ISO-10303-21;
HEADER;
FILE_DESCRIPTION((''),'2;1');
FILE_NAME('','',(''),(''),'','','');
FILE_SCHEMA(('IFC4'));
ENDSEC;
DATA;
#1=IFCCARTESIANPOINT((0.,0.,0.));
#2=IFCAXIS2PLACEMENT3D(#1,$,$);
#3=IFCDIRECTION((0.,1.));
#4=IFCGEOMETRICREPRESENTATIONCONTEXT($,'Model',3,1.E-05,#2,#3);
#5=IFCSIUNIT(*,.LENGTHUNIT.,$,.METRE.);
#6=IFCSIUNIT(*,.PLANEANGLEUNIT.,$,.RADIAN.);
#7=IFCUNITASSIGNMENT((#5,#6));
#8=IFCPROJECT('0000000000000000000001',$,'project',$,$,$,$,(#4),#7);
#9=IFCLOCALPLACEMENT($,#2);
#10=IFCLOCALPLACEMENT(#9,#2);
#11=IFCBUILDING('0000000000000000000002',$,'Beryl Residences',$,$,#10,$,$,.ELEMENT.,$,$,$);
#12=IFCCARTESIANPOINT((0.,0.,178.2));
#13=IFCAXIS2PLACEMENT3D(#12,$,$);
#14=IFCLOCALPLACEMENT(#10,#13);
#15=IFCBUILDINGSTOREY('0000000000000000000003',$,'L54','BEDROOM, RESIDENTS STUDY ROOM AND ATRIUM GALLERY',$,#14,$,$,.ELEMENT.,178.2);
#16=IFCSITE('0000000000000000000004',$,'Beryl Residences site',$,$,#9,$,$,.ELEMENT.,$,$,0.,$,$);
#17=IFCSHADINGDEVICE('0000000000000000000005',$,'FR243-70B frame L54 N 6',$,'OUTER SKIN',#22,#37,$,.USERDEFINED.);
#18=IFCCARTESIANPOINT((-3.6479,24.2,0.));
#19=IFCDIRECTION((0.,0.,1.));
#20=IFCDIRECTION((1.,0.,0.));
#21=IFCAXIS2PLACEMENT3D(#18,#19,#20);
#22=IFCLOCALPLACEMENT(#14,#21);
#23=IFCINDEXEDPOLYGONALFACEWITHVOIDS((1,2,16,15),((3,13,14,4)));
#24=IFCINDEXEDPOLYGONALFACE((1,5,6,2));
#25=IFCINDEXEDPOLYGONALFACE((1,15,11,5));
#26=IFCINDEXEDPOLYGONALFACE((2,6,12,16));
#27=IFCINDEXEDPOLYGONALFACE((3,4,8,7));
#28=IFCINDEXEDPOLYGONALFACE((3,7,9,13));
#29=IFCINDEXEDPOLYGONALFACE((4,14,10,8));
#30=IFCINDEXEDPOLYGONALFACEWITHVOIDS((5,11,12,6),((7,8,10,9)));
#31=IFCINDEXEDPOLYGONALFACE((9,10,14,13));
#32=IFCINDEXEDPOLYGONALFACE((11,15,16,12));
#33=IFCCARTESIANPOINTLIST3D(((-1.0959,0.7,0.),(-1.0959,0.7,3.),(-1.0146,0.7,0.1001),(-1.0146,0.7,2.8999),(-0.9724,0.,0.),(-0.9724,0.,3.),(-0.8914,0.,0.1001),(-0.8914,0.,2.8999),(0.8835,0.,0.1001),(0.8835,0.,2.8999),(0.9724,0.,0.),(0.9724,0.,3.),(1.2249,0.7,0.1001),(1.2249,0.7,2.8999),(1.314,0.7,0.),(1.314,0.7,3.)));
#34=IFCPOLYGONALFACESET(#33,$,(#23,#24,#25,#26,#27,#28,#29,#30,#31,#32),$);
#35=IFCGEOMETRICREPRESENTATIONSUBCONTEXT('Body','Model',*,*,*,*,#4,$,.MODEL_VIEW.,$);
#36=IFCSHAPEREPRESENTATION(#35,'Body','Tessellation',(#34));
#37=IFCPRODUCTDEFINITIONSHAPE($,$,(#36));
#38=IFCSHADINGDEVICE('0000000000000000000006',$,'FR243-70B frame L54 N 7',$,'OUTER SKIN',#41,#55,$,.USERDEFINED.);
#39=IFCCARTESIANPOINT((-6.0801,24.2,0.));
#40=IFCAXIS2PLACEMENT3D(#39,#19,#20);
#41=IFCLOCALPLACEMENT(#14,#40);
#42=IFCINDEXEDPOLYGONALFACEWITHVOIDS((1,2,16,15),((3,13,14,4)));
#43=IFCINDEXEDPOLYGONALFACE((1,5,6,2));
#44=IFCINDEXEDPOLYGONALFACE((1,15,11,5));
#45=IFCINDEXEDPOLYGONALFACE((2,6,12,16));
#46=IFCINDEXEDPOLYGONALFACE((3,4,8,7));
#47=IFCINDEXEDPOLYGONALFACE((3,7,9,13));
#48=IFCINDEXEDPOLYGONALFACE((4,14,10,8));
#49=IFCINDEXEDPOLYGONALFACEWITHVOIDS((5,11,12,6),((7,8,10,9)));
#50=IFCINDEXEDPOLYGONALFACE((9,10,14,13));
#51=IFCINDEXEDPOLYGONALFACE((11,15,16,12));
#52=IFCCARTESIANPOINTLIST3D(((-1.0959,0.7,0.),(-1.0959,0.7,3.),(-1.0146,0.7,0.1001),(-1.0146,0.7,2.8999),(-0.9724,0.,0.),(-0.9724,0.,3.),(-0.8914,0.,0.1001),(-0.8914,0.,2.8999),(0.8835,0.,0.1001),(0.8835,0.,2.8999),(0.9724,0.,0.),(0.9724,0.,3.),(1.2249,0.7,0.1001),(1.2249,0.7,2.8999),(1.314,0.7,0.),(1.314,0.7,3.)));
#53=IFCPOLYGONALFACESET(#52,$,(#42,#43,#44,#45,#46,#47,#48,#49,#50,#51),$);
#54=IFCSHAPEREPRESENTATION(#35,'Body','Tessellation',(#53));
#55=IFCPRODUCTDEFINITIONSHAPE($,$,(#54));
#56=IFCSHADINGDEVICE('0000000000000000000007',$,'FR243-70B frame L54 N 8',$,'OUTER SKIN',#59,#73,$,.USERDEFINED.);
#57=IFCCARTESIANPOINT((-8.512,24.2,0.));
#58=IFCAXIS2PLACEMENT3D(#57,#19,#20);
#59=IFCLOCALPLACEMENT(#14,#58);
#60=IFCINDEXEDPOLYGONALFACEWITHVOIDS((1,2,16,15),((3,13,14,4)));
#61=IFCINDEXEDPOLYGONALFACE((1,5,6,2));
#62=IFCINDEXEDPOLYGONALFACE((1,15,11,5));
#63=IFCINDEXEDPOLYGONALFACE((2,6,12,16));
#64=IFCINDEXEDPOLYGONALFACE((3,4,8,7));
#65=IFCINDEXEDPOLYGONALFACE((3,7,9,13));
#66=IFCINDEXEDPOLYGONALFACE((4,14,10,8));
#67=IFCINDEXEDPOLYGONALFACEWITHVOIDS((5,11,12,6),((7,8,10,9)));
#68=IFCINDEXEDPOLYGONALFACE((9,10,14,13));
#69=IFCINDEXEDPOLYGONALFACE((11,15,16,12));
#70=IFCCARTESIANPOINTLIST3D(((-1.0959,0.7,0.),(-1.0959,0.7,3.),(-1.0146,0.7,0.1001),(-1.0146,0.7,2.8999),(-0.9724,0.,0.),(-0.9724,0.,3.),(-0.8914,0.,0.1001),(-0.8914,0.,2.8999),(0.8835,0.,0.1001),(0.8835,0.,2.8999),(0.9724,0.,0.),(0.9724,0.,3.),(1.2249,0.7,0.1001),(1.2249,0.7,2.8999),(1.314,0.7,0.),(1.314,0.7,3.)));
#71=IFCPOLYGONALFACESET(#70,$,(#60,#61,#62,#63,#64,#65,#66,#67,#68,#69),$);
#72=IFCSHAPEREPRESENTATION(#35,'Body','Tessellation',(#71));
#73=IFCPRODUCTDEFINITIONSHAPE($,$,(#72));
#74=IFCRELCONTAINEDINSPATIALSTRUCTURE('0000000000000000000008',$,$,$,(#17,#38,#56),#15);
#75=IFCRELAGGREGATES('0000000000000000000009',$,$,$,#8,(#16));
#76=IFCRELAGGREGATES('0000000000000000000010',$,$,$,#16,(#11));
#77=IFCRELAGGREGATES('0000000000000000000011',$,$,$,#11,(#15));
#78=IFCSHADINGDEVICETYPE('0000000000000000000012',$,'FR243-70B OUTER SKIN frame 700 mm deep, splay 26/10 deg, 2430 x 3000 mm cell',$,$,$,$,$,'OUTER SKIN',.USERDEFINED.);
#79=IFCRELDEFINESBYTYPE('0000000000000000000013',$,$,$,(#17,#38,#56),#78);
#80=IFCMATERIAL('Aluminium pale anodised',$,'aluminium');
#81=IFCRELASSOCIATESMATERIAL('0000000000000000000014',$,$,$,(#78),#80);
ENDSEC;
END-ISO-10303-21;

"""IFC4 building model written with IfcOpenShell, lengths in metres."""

from ifc_helpers import new_model, entity, si_unit, direction, frame, origin, place, context, subcontext, project, spatial, source, transform, mapped, material, type_object, type_shapes, element, save


model = new_model("IFC4")

# Units and contexts
model_context = context("Model", 3, precision=1e-05, world=origin(), true_north=direction((0.0, 1.0)))
body_context = subcontext(model_context, "Body", "Model", "MODEL_VIEW")
ifc_project = project(units=[si_unit("LENGTHUNIT", "METRE"), si_unit("PLANEANGLEUNIT", "RADIAN")], contexts=[model_context])

# Site, building, storey
site_placement = place(None, origin())
site = spatial("IfcSite", under=ifc_project, at=site_placement, Name="Beryl Residences site", CompositionType="ELEMENT", RefElevation=0.0)
building_placement = place(site_placement, origin())
building = spatial("IfcBuilding", under=site, at=building_placement, Name="Beryl Residences", CompositionType="ELEMENT")
storey_placement = place(building_placement, frame((0.0, 0.0, 178.2)))
storey = spatial("IfcBuildingStorey", under=building, at=storey_placement, Name="L54", Description="BEDROOM, RESIDENTS STUDY ROOM AND ATRIUM GALLERY", CompositionType="ELEMENT", Elevation=178.2)

# Shading devices
ifc_material_1 = material(Name="Aluminium pale anodised", Category="aluminium")
shading_device_type = type_object("IfcShadingDeviceType", Name="FR243-70B OUTER SKIN frame 700 mm deep, splay 26/10 deg, 2430 x 3000 mm cell", ElementType="OUTER SKIN", PredefinedType="USERDEFINED", material=ifc_material_1)
cartesian_point_1 = entity("IfcCartesianPoint", [-0.9724, 0.0])
cartesian_point_2 = entity("IfcCartesianPoint", [-0.8835, 0.1001])
cartesian_point_3 = entity("IfcCartesianPoint", [-1.314, 0.0])
cartesian_point_4 = entity("IfcCartesianPoint", [-1.2249, 0.1001])
shared_shape_1 = source(origin(), body_context, "Body", "SweptSolid", [
    entity("IfcExtrudedAreaSolidTapered", entity("IfcArbitraryProfileDefWithVoids", "AREA", None, entity("IfcPolyline", [cartesian_point_1, entity("IfcCartesianPoint", [0.9724, 0.0]), entity("IfcCartesianPoint", [0.9724, 3.0]), entity("IfcCartesianPoint", [-0.9724, 3.0]), cartesian_point_1]), [entity("IfcPolyline", [cartesian_point_2, entity("IfcCartesianPoint", [0.8914, 0.1001]), entity("IfcCartesianPoint", [0.8914, 2.8999]), entity("IfcCartesianPoint", [-0.8835, 2.8999]), cartesian_point_2])]), entity("IfcAxis2Placement3D", entity("IfcCartesianPoint", [0.0, 0.0, 0.0]), entity("IfcDirection", [0.0, 1.0, 0.0]), entity("IfcDirection", [-1.0, 0.0, 0.0])), entity("IfcDirection", [0.0, 0.0, 1.0]), 0.7, entity("IfcArbitraryProfileDefWithVoids", "AREA", None, entity("IfcPolyline", [cartesian_point_3, entity("IfcCartesianPoint", [1.0959, 0.0]), entity("IfcCartesianPoint", [1.0959, 3.0]), entity("IfcCartesianPoint", [-1.314, 3.0]), cartesian_point_3]), [entity("IfcPolyline", [cartesian_point_4, entity("IfcCartesianPoint", [1.0146, 0.1001]), entity("IfcCartesianPoint", [1.0146, 2.8999]), entity("IfcCartesianPoint", [-1.2249, 2.8999]), cartesian_point_4])])),
])
type_shapes(shading_device_type, [shared_shape_1])
for number, where, z_axis, x_axis, name in (
    (1, (-3.6479, 24.2, 0.0), (0.0, 0.0, 1.0), (1.0, 0.0, 0.0), "FR243-70B frame L54 N 6"),
    (2, (-6.0801, 24.2, 0.0), (0.0, 0.0, 1.0), (1.0, 0.0, 0.0), "FR243-70B frame L54 N 7"),
    (3, (-8.512, 24.2, 0.0), (0.0, 0.0, 1.0), (1.0, 0.0, 0.0), "FR243-70B frame L54 N 8"),
):
    element("IfcShadingDevice", number, at=place(storey_placement, frame(where, z_axis=z_axis, x_axis=x_axis)), inside=storey, type_object=shading_device_type, Name=name, ObjectType="OUTER SKIN", PredefinedType="USERDEFINED", context=body_context, shape_type="MappedRepresentation", body=[
        mapped(shared_shape_1, transform((0.0, 0.0, 0.0))),
    ])

save(model, "model.ifc")
